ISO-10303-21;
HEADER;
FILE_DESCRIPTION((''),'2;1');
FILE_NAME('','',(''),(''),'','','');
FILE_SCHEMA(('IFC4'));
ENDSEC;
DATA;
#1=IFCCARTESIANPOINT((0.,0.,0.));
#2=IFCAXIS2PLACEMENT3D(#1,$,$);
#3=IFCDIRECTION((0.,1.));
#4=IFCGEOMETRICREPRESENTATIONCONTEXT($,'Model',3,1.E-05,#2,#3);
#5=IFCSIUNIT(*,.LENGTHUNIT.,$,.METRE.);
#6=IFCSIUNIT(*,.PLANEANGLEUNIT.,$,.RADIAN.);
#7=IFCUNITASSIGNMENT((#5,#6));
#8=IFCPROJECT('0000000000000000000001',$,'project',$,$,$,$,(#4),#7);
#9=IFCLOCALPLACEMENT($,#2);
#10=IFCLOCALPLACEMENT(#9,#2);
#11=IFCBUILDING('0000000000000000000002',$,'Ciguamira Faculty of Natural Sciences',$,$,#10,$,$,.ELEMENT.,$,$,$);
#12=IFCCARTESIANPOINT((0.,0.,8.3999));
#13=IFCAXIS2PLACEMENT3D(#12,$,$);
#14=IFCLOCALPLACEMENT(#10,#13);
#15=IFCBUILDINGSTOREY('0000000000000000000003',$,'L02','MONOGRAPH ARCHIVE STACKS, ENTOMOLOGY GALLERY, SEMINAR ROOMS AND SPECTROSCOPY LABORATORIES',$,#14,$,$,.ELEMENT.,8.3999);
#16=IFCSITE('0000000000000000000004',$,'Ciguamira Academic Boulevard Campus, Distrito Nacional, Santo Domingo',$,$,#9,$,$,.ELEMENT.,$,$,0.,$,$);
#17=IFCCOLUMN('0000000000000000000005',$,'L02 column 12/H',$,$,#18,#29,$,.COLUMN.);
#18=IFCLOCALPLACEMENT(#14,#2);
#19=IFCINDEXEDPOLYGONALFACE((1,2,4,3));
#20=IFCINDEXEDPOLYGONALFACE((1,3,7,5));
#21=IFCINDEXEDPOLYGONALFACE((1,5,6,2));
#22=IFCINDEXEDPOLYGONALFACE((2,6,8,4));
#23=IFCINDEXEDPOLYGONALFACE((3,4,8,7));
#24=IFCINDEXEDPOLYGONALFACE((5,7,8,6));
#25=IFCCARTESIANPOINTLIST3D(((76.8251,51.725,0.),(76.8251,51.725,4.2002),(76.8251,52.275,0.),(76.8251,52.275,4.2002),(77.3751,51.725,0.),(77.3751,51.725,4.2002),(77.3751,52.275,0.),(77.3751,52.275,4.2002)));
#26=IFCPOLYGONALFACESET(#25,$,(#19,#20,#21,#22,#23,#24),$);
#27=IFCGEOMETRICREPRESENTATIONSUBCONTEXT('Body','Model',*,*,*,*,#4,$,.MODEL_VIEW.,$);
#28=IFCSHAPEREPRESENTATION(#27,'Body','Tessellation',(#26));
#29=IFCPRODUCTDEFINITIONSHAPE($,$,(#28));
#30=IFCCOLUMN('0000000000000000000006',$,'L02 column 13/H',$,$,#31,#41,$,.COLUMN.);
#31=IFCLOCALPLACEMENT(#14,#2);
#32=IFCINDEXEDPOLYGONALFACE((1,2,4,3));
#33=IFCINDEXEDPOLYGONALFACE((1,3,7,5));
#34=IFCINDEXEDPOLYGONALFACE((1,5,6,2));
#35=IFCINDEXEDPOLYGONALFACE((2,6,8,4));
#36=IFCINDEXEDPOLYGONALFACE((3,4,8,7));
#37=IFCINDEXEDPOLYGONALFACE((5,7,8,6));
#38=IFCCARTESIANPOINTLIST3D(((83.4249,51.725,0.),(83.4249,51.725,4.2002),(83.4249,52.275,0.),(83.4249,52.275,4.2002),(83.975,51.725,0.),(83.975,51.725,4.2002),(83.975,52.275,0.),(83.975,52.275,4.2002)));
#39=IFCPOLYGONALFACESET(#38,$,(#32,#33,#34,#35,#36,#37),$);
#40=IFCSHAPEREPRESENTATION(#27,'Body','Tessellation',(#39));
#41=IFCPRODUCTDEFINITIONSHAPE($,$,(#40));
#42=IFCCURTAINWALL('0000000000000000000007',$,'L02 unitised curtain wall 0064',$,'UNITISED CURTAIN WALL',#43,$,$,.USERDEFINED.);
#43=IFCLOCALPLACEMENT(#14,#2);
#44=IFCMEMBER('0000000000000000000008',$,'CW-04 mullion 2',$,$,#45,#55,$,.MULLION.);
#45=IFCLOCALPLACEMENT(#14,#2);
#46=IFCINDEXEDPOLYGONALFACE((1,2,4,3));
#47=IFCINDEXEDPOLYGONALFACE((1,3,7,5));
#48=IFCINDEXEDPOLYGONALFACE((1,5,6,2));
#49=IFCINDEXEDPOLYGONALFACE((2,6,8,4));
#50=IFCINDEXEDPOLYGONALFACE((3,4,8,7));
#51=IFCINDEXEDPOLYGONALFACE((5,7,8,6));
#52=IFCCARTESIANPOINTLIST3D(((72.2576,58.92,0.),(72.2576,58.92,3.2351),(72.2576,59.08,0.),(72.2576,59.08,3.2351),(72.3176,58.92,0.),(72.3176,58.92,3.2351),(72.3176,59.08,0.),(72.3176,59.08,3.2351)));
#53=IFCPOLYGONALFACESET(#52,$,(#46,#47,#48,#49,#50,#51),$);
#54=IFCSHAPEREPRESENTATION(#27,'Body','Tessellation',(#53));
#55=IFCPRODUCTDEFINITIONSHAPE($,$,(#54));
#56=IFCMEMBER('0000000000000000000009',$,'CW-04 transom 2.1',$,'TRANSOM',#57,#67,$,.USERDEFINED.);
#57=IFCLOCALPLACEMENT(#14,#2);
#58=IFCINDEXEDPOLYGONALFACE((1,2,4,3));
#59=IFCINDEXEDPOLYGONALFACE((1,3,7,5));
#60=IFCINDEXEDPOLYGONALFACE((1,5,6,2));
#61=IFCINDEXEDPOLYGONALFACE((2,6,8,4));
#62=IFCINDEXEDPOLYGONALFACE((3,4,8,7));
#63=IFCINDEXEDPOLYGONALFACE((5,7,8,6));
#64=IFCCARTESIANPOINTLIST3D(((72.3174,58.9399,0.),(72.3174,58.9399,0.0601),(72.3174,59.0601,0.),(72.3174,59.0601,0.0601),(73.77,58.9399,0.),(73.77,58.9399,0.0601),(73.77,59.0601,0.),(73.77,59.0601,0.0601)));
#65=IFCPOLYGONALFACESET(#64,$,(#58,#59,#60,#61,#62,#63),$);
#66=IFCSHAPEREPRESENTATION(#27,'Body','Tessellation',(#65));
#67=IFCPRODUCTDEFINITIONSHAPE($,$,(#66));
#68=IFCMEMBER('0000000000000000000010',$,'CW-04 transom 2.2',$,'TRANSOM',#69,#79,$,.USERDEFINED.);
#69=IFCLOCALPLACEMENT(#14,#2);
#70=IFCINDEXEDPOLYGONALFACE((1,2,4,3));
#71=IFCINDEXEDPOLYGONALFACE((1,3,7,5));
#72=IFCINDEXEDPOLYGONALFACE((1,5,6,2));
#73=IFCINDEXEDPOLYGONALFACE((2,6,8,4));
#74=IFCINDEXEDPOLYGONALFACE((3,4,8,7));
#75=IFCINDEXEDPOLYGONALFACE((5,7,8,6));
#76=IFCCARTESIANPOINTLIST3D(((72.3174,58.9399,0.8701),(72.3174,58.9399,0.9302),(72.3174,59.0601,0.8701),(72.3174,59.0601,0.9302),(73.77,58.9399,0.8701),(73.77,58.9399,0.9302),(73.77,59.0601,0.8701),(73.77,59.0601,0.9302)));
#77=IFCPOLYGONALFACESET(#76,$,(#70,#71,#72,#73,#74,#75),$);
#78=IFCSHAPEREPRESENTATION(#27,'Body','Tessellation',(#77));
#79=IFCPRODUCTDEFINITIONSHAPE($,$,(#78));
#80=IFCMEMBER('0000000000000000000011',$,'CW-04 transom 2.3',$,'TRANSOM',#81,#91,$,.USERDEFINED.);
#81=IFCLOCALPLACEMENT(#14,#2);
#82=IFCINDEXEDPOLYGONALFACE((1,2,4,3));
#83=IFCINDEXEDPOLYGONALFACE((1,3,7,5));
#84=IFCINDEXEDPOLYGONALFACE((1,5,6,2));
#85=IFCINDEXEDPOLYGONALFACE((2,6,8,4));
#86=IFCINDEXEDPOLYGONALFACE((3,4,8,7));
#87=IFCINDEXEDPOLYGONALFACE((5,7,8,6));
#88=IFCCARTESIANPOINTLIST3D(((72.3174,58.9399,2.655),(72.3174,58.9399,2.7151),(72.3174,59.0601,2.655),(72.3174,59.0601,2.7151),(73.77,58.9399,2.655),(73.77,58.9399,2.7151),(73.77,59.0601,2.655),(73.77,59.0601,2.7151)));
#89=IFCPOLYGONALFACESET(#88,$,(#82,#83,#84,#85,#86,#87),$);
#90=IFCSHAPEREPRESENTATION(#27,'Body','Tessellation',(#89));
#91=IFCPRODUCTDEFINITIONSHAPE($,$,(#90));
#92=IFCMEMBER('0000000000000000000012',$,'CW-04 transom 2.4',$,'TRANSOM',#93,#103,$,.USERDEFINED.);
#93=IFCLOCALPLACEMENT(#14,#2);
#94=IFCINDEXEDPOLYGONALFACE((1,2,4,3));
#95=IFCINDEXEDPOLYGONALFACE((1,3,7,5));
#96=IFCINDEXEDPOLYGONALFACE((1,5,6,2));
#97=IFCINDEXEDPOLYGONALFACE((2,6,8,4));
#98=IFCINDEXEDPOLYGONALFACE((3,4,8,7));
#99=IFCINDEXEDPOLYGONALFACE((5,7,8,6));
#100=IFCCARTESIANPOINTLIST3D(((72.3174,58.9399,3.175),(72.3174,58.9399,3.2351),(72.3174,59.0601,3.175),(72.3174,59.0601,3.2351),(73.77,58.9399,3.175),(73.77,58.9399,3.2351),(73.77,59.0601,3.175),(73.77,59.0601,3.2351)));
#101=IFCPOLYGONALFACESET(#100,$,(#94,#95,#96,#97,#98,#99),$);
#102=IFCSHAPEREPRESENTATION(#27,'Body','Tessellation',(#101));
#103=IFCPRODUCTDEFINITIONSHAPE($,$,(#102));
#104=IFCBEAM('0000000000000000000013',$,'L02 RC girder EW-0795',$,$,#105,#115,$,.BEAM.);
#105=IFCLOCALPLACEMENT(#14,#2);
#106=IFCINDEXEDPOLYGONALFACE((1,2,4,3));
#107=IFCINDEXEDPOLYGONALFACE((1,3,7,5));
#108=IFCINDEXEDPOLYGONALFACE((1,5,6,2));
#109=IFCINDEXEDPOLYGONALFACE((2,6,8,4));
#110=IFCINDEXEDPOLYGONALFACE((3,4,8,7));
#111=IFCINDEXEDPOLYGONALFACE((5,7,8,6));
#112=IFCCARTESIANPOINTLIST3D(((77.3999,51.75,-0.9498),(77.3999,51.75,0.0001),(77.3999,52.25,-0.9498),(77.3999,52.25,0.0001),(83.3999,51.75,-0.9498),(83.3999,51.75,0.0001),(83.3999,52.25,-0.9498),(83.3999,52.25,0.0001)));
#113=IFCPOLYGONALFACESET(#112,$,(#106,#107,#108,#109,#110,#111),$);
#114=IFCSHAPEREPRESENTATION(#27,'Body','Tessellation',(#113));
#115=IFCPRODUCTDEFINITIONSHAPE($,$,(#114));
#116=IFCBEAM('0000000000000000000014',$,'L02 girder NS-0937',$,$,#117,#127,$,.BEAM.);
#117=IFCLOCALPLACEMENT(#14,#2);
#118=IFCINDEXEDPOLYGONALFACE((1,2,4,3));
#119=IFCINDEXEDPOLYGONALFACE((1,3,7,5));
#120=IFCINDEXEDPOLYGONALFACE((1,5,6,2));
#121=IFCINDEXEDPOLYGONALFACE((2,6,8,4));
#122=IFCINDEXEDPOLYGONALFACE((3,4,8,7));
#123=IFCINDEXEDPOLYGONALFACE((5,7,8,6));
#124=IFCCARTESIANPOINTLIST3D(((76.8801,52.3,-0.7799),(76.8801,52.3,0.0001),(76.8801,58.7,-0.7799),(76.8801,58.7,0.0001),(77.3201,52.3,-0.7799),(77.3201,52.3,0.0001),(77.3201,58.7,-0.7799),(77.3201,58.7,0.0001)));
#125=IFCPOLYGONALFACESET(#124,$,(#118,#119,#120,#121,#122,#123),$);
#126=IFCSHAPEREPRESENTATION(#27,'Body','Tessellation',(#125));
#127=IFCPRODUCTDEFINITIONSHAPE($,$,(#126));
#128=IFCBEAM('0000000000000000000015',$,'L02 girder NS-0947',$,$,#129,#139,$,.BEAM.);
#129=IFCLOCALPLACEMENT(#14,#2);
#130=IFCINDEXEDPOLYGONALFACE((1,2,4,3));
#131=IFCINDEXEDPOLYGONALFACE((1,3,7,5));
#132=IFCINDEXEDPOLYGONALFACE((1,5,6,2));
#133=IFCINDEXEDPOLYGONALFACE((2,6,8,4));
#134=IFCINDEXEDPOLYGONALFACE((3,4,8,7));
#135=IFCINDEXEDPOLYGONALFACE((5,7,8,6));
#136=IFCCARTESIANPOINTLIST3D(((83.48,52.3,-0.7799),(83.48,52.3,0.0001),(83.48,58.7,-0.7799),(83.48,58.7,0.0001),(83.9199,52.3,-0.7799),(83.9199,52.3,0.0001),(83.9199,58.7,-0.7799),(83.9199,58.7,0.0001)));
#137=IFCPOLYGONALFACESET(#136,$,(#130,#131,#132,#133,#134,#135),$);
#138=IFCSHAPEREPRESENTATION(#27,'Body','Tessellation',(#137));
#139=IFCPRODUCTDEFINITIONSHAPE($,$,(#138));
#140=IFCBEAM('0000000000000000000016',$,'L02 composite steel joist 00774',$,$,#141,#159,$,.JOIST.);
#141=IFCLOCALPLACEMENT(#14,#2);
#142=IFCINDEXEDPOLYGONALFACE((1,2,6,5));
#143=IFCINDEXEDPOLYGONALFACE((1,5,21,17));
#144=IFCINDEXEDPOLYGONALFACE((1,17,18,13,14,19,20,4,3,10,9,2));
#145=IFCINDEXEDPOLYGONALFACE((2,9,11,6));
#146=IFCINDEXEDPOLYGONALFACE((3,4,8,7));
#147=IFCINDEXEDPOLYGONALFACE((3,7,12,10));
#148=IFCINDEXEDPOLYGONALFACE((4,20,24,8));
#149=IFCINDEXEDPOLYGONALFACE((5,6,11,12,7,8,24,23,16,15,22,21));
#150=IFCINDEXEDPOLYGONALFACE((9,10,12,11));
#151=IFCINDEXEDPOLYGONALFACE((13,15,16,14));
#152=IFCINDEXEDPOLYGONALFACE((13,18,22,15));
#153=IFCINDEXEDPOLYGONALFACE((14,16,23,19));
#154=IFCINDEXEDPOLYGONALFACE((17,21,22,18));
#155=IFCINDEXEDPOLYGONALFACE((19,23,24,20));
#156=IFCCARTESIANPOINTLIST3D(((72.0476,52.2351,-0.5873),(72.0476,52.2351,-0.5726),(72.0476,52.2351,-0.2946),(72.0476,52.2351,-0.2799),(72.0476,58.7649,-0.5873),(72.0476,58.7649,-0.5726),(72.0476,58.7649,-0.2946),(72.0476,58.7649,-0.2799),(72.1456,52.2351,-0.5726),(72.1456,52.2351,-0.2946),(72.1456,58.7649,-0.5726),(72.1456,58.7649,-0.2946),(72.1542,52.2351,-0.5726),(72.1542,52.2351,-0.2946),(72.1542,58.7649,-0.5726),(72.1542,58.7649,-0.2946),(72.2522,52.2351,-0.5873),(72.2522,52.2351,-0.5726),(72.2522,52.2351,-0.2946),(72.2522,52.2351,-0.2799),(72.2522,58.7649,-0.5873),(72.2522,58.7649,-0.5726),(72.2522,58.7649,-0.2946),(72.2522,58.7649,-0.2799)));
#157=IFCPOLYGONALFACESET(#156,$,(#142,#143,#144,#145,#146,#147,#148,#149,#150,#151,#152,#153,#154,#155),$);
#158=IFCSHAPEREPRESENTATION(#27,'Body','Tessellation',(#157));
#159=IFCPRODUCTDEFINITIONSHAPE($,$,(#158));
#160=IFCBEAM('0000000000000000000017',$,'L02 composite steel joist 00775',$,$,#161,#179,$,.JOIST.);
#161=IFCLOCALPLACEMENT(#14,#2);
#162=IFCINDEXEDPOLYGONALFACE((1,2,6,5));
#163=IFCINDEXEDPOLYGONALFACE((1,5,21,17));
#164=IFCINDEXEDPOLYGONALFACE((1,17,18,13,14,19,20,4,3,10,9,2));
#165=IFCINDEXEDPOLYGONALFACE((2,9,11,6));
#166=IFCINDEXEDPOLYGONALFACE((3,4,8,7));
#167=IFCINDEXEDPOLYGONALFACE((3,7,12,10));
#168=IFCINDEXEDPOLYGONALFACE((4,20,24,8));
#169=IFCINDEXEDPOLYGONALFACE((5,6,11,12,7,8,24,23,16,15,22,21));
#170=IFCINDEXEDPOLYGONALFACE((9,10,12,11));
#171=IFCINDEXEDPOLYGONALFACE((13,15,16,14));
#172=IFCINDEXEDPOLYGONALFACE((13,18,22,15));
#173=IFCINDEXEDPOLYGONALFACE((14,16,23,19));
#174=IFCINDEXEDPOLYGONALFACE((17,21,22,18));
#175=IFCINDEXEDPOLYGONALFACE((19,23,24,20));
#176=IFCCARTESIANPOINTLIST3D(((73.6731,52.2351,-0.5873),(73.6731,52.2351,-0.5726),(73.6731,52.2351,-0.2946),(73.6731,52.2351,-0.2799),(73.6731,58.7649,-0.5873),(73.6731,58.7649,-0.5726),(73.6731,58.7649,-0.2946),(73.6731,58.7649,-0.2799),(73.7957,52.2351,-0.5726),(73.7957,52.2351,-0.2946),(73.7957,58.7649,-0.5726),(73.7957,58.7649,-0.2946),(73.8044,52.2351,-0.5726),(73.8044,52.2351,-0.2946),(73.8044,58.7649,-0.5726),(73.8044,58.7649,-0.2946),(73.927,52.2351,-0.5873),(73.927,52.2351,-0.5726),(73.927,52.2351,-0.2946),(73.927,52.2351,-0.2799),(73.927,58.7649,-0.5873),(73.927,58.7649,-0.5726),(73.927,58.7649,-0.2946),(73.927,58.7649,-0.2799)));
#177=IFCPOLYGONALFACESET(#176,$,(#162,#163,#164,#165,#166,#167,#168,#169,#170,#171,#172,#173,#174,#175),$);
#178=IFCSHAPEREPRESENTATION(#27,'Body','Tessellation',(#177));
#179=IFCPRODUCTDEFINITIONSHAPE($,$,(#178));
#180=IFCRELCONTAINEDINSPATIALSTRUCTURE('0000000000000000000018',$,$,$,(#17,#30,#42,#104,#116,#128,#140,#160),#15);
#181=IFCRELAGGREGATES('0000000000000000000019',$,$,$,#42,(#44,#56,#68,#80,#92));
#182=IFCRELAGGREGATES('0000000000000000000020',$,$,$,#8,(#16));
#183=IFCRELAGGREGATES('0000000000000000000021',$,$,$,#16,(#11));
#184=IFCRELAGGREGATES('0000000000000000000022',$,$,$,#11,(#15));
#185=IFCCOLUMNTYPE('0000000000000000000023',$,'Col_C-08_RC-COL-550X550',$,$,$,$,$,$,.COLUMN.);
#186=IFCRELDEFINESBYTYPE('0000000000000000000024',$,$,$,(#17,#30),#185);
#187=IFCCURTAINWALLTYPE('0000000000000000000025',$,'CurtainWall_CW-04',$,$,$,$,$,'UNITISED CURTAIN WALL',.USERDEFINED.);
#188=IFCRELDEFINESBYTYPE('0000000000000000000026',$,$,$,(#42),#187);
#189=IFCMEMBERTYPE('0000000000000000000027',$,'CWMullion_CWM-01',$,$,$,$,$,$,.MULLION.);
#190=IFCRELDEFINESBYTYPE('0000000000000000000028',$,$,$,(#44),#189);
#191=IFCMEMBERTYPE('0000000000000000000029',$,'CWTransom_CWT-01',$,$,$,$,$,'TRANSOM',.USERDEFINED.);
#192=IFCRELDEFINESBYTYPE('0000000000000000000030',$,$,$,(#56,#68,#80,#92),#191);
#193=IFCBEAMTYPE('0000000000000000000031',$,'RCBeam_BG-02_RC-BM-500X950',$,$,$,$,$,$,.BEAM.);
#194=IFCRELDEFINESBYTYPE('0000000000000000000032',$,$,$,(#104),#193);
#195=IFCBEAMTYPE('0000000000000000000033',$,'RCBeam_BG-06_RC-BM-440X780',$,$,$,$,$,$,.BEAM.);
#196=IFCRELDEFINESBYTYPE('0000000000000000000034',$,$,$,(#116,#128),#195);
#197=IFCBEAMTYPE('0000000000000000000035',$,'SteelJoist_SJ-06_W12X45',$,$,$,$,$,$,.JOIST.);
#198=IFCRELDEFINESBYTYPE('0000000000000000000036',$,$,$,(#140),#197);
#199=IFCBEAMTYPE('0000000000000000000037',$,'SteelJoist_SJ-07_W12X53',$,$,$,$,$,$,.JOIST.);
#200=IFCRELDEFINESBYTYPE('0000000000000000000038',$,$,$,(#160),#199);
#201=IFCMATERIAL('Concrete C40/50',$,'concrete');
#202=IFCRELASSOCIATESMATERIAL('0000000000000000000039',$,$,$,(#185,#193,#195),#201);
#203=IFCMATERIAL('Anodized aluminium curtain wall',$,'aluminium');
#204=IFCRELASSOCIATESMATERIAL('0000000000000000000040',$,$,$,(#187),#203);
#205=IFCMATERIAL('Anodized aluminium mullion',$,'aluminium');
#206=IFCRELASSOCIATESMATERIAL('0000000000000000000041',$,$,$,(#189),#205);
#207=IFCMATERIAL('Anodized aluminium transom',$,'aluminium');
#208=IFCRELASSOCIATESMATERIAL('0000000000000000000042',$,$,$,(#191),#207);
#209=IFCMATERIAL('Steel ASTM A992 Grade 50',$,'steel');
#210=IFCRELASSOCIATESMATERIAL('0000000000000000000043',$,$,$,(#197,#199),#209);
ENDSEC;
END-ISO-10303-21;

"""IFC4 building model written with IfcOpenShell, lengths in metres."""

from ifc_helpers import new_model, si_unit, direction, frame, origin, origin_2d, place, context, subcontext, project, spatial, rectangle, i_section, extrude, material, material_profile, profile_set, type_object, element, aggregate, save


model = new_model("IFC4")

# Units and contexts
model_context = context("Model", 3, precision=1e-05, world=origin(), true_north=direction((0.0, 1.0)))
body_context = subcontext(model_context, "Body", "Model", "MODEL_VIEW")
ifc_project = project(units=[si_unit("LENGTHUNIT", "METRE"), si_unit("PLANEANGLEUNIT", "RADIAN")], contexts=[model_context])

# Site, building, storey
site_placement = place(None, origin())
site = spatial("IfcSite", under=ifc_project, at=site_placement, Name="Ciguamira Academic Boulevard Campus, Distrito Nacional, Santo Domingo", CompositionType="ELEMENT", RefElevation=0.0)
building_placement = place(site_placement, origin())
building = spatial("IfcBuilding", under=site, at=building_placement, Name="Ciguamira Faculty of Natural Sciences", CompositionType="ELEMENT")
storey_placement = place(building_placement, frame((0.0, 0.0, 8.3999)))
storey = spatial("IfcBuildingStorey", under=building, at=storey_placement, Name="L02", Description="MONOGRAPH ARCHIVE STACKS, ENTOMOLOGY GALLERY, SEMINAR ROOMS AND SPECTROSCOPY LABORATORIES", CompositionType="ELEMENT", Elevation=8.3999)

# Columns
ifc_material_1 = material(Name="Concrete C40/50", Category="concrete")
ifc_material_profile_1 = material_profile(ifc_material_1, rectangle(XDim=0.55, YDim=0.55, at=origin_2d()), Name="RC-COL-550X550")
ifc_profile_set_1 = profile_set([ifc_material_profile_1], Name="Concrete C40/50")
column_type = type_object("IfcColumnType", Name="Col_C-08_RC-COL-550X550", PredefinedType="COLUMN", material=ifc_profile_set_1)
for number, where, z_axis, x_axis, name in (
    (1, (77.1001, 52.0, 0.0), (0.0, 0.0, 1.0), (1.0, 0.0, 0.0), "L02 column 12/H"),
    (2, (83.7, 52.0, 0.0), (0.0, 0.0, 1.0), (1.0, 0.0, 0.0), "L02 column 13/H"),
):
    element("IfcColumn", number, at=place(storey_placement, frame(where, z_axis=z_axis, x_axis=x_axis)), inside=storey, type_object=column_type, Name=name, PredefinedType="COLUMN", context=body_context, shape_type="SweptSolid", body=[
        extrude(rectangle(XDim=0.55, YDim=0.55, at=origin_2d()), origin(), (0.0, 0.0, 1.0), 4.2002),
    ])

# Curtain wall, members
ifc_material_2 = material(Name="Anodized aluminium curtain wall", Category="aluminium")
curtain_wall_type = type_object("IfcCurtainWallType", Name="CurtainWall_CW-04", ElementType="UNITISED CURTAIN WALL", PredefinedType="USERDEFINED", material=ifc_material_2)
curtain_wall_placement = place(storey_placement, origin())
curtain_wall = element("IfcCurtainWall", 3, at=curtain_wall_placement, inside=storey, type_object=curtain_wall_type, Name="L02 unitised curtain wall 0064", ObjectType="UNITISED CURTAIN WALL", PredefinedType="USERDEFINED")
ifc_material_3 = material(Name="Anodized aluminium mullion", Category="aluminium")
ifc_material_profile_2 = material_profile(ifc_material_3, rectangle(XDim=0.0601, YDim=0.1599, at=origin_2d()), Name="ALU-MUL-60X160")
ifc_profile_set_2 = profile_set([ifc_material_profile_2], Name="Anodized aluminium mullion")
member_type_1 = type_object("IfcMemberType", Name="CWMullion_CWM-01", PredefinedType="MULLION", material=ifc_profile_set_2)
member_1_placement = place(storey_placement, frame((72.2876, 59.0, 0.0), z_axis=(0.0, 0.0, 1.0), x_axis=(1.0, 0.0, 0.0)))
member_1 = element("IfcMember", 4, at=member_1_placement, type_object=member_type_1, Name="CW-04 mullion 2", PredefinedType="MULLION", context=body_context, shape_type="SweptSolid", body=[
    extrude(rectangle(XDim=0.0601, YDim=0.1599, at=origin_2d()), origin(), (0.0, 0.0, 1.0), 3.2351),
])
ifc_material_4 = material(Name="Anodized aluminium transom", Category="aluminium")
ifc_material_profile_3 = material_profile(ifc_material_4, rectangle(XDim=0.0601, YDim=0.1201, at=origin_2d()), Name="ALU-TRN-60X120")
ifc_profile_set_3 = profile_set([ifc_material_profile_3], Name="Anodized aluminium transom")
member_type_2 = type_object("IfcMemberType", Name="CWTransom_CWT-01", ElementType="TRANSOM", PredefinedType="USERDEFINED", material=ifc_profile_set_3)
member_2_placement = place(storey_placement, frame((72.3174, 59.0, 0.03), z_axis=(1.0, 0.0, 0.0), x_axis=(0.0, 0.0, 1.0)))
member_2 = element("IfcMember", 5, at=member_2_placement, type_object=member_type_2, Name="CW-04 transom 2.1", ObjectType="TRANSOM", PredefinedType="USERDEFINED", context=body_context, shape_type="SweptSolid", body=[
    extrude(rectangle(XDim=0.0601, YDim=0.1201, at=origin_2d()), origin(), (0.0, 0.0, 1.0), 1.4526),
])
member_3_placement = place(storey_placement, frame((72.3174, 59.0, 0.9001), z_axis=(1.0, 0.0, 0.0), x_axis=(0.0, 0.0, 1.0)))
member_3 = element("IfcMember", 6, at=member_3_placement, type_object=member_type_2, Name="CW-04 transom 2.2", ObjectType="TRANSOM", PredefinedType="USERDEFINED", context=body_context, shape_type="SweptSolid", body=[
    extrude(rectangle(XDim=0.0601, YDim=0.1201, at=origin_2d()), origin(), (0.0, 0.0, 1.0), 1.4526),
])
member_4_placement = place(storey_placement, frame((72.3174, 59.0, 2.6851), z_axis=(1.0, 0.0, 0.0), x_axis=(0.0, 0.0, 1.0)))
member_4 = element("IfcMember", 7, at=member_4_placement, type_object=member_type_2, Name="CW-04 transom 2.3", ObjectType="TRANSOM", PredefinedType="USERDEFINED", context=body_context, shape_type="SweptSolid", body=[
    extrude(rectangle(XDim=0.0601, YDim=0.1201, at=origin_2d()), origin(), (0.0, 0.0, 1.0), 1.4526),
])
member_5_placement = place(storey_placement, frame((72.3174, 59.0, 3.2051), z_axis=(1.0, 0.0, 0.0), x_axis=(0.0, 0.0, 1.0)))
member_5 = element("IfcMember", 8, at=member_5_placement, type_object=member_type_2, Name="CW-04 transom 2.4", ObjectType="TRANSOM", PredefinedType="USERDEFINED", context=body_context, shape_type="SweptSolid", body=[
    extrude(rectangle(XDim=0.0601, YDim=0.1201, at=origin_2d()), origin(), (0.0, 0.0, 1.0), 1.4526),
])

# Beams
ifc_material_profile_4 = material_profile(ifc_material_1, rectangle(XDim=0.5, YDim=0.95, at=origin_2d()), Name="RC-BM-500X950")
ifc_profile_set_4 = profile_set([ifc_material_profile_4], Name="Concrete C40/50")
beam_type_1 = type_object("IfcBeamType", Name="RCBeam_BG-02_RC-BM-500X950", PredefinedType="BEAM", material=ifc_profile_set_4)
beam_1_placement = place(storey_placement, frame((77.3999, 52.0, -0.4749), z_axis=(1.0, 0.0, 0.0), x_axis=(0.0, 1.0, 0.0)))
element("IfcBeam", 9, at=beam_1_placement, inside=storey, type_object=beam_type_1, Name="L02 RC girder EW-0795", PredefinedType="BEAM", context=body_context, shape_type="SweptSolid", body=[
    extrude(rectangle(XDim=0.5, YDim=0.95, at=origin_2d()), origin(), (0.0, 0.0, 1.0), 6.0),
])
ifc_material_profile_5 = material_profile(ifc_material_1, rectangle(XDim=0.4399, YDim=0.78, at=origin_2d()), Name="RC-BM-440X780")
ifc_profile_set_5 = profile_set([ifc_material_profile_5], Name="Concrete C40/50")
beam_type_2 = type_object("IfcBeamType", Name="RCBeam_BG-06_RC-BM-440X780", PredefinedType="BEAM", material=ifc_profile_set_5)
for number, where, z_axis, x_axis, name in (
    (10, (77.1001, 52.3, -0.3899), (0.0, 1.0, 0.0), (-1.0, 0.0, 0.0), "L02 girder NS-0937"),
    (11, (83.7, 52.3, -0.3899), (0.0, 1.0, 0.0), (-1.0, 0.0, 0.0), "L02 girder NS-0947"),
):
    element("IfcBeam", number, at=place(storey_placement, frame(where, z_axis=z_axis, x_axis=x_axis)), inside=storey, type_object=beam_type_2, Name=name, PredefinedType="BEAM", context=body_context, shape_type="SweptSolid", body=[
        extrude(rectangle(XDim=0.4399, YDim=0.78, at=origin_2d()), origin(), (0.0, 0.0, 1.0), 6.3999),
    ])
ifc_material_5 = material(Name="Steel ASTM A992 Grade 50", Category="steel")
ifc_material_profile_6 = material_profile(ifc_material_5, i_section(OverallWidth=0.2046, OverallDepth=0.3074, WebThickness=0.0085, FlangeThickness=0.0146, at=origin_2d()), Name="W12X45")
ifc_profile_set_6 = profile_set([ifc_material_profile_6], Name="Steel ASTM A992 Grade 50")
beam_type_3 = type_object("IfcBeamType", Name="SteelJoist_SJ-06_W12X45", PredefinedType="JOIST", material=ifc_profile_set_6)
beam_2_placement = place(storey_placement, frame((72.1499, 52.2351, -0.4336), z_axis=(0.0, 1.0, 0.0), x_axis=(-1.0, 0.0, 0.0)))
element("IfcBeam", 12, at=beam_2_placement, inside=storey, type_object=beam_type_3, Name="L02 composite steel joist 00774", PredefinedType="JOIST", context=body_context, shape_type="SweptSolid", body=[
    extrude(i_section(OverallWidth=0.2046, OverallDepth=0.3074, WebThickness=0.0085, FlangeThickness=0.0146, at=origin_2d()), origin(), (0.0, 0.0, 1.0), 6.5298),
])
ifc_material_profile_7 = material_profile(ifc_material_5, i_section(OverallWidth=0.2539, OverallDepth=0.3074, WebThickness=0.0088, FlangeThickness=0.0146, at=origin_2d()), Name="W12X53")
ifc_profile_set_7 = profile_set([ifc_material_profile_7], Name="Steel ASTM A992 Grade 50")
beam_type_4 = type_object("IfcBeamType", Name="SteelJoist_SJ-07_W12X53", PredefinedType="JOIST", material=ifc_profile_set_7)
beam_3_placement = place(storey_placement, frame((73.8, 52.2351, -0.4336), z_axis=(0.0, 1.0, 0.0), x_axis=(-1.0, 0.0, 0.0)))
element("IfcBeam", 13, at=beam_3_placement, inside=storey, type_object=beam_type_4, Name="L02 composite steel joist 00775", PredefinedType="JOIST", context=body_context, shape_type="SweptSolid", body=[
    extrude(i_section(OverallWidth=0.2539, OverallDepth=0.3074, WebThickness=0.0088, FlangeThickness=0.0146, at=origin_2d()), origin(), (0.0, 0.0, 1.0), 6.5298),
])

aggregate(curtain_wall, [member_1, member_2, member_3, member_4, member_5])

save(model, "model.ifc")
